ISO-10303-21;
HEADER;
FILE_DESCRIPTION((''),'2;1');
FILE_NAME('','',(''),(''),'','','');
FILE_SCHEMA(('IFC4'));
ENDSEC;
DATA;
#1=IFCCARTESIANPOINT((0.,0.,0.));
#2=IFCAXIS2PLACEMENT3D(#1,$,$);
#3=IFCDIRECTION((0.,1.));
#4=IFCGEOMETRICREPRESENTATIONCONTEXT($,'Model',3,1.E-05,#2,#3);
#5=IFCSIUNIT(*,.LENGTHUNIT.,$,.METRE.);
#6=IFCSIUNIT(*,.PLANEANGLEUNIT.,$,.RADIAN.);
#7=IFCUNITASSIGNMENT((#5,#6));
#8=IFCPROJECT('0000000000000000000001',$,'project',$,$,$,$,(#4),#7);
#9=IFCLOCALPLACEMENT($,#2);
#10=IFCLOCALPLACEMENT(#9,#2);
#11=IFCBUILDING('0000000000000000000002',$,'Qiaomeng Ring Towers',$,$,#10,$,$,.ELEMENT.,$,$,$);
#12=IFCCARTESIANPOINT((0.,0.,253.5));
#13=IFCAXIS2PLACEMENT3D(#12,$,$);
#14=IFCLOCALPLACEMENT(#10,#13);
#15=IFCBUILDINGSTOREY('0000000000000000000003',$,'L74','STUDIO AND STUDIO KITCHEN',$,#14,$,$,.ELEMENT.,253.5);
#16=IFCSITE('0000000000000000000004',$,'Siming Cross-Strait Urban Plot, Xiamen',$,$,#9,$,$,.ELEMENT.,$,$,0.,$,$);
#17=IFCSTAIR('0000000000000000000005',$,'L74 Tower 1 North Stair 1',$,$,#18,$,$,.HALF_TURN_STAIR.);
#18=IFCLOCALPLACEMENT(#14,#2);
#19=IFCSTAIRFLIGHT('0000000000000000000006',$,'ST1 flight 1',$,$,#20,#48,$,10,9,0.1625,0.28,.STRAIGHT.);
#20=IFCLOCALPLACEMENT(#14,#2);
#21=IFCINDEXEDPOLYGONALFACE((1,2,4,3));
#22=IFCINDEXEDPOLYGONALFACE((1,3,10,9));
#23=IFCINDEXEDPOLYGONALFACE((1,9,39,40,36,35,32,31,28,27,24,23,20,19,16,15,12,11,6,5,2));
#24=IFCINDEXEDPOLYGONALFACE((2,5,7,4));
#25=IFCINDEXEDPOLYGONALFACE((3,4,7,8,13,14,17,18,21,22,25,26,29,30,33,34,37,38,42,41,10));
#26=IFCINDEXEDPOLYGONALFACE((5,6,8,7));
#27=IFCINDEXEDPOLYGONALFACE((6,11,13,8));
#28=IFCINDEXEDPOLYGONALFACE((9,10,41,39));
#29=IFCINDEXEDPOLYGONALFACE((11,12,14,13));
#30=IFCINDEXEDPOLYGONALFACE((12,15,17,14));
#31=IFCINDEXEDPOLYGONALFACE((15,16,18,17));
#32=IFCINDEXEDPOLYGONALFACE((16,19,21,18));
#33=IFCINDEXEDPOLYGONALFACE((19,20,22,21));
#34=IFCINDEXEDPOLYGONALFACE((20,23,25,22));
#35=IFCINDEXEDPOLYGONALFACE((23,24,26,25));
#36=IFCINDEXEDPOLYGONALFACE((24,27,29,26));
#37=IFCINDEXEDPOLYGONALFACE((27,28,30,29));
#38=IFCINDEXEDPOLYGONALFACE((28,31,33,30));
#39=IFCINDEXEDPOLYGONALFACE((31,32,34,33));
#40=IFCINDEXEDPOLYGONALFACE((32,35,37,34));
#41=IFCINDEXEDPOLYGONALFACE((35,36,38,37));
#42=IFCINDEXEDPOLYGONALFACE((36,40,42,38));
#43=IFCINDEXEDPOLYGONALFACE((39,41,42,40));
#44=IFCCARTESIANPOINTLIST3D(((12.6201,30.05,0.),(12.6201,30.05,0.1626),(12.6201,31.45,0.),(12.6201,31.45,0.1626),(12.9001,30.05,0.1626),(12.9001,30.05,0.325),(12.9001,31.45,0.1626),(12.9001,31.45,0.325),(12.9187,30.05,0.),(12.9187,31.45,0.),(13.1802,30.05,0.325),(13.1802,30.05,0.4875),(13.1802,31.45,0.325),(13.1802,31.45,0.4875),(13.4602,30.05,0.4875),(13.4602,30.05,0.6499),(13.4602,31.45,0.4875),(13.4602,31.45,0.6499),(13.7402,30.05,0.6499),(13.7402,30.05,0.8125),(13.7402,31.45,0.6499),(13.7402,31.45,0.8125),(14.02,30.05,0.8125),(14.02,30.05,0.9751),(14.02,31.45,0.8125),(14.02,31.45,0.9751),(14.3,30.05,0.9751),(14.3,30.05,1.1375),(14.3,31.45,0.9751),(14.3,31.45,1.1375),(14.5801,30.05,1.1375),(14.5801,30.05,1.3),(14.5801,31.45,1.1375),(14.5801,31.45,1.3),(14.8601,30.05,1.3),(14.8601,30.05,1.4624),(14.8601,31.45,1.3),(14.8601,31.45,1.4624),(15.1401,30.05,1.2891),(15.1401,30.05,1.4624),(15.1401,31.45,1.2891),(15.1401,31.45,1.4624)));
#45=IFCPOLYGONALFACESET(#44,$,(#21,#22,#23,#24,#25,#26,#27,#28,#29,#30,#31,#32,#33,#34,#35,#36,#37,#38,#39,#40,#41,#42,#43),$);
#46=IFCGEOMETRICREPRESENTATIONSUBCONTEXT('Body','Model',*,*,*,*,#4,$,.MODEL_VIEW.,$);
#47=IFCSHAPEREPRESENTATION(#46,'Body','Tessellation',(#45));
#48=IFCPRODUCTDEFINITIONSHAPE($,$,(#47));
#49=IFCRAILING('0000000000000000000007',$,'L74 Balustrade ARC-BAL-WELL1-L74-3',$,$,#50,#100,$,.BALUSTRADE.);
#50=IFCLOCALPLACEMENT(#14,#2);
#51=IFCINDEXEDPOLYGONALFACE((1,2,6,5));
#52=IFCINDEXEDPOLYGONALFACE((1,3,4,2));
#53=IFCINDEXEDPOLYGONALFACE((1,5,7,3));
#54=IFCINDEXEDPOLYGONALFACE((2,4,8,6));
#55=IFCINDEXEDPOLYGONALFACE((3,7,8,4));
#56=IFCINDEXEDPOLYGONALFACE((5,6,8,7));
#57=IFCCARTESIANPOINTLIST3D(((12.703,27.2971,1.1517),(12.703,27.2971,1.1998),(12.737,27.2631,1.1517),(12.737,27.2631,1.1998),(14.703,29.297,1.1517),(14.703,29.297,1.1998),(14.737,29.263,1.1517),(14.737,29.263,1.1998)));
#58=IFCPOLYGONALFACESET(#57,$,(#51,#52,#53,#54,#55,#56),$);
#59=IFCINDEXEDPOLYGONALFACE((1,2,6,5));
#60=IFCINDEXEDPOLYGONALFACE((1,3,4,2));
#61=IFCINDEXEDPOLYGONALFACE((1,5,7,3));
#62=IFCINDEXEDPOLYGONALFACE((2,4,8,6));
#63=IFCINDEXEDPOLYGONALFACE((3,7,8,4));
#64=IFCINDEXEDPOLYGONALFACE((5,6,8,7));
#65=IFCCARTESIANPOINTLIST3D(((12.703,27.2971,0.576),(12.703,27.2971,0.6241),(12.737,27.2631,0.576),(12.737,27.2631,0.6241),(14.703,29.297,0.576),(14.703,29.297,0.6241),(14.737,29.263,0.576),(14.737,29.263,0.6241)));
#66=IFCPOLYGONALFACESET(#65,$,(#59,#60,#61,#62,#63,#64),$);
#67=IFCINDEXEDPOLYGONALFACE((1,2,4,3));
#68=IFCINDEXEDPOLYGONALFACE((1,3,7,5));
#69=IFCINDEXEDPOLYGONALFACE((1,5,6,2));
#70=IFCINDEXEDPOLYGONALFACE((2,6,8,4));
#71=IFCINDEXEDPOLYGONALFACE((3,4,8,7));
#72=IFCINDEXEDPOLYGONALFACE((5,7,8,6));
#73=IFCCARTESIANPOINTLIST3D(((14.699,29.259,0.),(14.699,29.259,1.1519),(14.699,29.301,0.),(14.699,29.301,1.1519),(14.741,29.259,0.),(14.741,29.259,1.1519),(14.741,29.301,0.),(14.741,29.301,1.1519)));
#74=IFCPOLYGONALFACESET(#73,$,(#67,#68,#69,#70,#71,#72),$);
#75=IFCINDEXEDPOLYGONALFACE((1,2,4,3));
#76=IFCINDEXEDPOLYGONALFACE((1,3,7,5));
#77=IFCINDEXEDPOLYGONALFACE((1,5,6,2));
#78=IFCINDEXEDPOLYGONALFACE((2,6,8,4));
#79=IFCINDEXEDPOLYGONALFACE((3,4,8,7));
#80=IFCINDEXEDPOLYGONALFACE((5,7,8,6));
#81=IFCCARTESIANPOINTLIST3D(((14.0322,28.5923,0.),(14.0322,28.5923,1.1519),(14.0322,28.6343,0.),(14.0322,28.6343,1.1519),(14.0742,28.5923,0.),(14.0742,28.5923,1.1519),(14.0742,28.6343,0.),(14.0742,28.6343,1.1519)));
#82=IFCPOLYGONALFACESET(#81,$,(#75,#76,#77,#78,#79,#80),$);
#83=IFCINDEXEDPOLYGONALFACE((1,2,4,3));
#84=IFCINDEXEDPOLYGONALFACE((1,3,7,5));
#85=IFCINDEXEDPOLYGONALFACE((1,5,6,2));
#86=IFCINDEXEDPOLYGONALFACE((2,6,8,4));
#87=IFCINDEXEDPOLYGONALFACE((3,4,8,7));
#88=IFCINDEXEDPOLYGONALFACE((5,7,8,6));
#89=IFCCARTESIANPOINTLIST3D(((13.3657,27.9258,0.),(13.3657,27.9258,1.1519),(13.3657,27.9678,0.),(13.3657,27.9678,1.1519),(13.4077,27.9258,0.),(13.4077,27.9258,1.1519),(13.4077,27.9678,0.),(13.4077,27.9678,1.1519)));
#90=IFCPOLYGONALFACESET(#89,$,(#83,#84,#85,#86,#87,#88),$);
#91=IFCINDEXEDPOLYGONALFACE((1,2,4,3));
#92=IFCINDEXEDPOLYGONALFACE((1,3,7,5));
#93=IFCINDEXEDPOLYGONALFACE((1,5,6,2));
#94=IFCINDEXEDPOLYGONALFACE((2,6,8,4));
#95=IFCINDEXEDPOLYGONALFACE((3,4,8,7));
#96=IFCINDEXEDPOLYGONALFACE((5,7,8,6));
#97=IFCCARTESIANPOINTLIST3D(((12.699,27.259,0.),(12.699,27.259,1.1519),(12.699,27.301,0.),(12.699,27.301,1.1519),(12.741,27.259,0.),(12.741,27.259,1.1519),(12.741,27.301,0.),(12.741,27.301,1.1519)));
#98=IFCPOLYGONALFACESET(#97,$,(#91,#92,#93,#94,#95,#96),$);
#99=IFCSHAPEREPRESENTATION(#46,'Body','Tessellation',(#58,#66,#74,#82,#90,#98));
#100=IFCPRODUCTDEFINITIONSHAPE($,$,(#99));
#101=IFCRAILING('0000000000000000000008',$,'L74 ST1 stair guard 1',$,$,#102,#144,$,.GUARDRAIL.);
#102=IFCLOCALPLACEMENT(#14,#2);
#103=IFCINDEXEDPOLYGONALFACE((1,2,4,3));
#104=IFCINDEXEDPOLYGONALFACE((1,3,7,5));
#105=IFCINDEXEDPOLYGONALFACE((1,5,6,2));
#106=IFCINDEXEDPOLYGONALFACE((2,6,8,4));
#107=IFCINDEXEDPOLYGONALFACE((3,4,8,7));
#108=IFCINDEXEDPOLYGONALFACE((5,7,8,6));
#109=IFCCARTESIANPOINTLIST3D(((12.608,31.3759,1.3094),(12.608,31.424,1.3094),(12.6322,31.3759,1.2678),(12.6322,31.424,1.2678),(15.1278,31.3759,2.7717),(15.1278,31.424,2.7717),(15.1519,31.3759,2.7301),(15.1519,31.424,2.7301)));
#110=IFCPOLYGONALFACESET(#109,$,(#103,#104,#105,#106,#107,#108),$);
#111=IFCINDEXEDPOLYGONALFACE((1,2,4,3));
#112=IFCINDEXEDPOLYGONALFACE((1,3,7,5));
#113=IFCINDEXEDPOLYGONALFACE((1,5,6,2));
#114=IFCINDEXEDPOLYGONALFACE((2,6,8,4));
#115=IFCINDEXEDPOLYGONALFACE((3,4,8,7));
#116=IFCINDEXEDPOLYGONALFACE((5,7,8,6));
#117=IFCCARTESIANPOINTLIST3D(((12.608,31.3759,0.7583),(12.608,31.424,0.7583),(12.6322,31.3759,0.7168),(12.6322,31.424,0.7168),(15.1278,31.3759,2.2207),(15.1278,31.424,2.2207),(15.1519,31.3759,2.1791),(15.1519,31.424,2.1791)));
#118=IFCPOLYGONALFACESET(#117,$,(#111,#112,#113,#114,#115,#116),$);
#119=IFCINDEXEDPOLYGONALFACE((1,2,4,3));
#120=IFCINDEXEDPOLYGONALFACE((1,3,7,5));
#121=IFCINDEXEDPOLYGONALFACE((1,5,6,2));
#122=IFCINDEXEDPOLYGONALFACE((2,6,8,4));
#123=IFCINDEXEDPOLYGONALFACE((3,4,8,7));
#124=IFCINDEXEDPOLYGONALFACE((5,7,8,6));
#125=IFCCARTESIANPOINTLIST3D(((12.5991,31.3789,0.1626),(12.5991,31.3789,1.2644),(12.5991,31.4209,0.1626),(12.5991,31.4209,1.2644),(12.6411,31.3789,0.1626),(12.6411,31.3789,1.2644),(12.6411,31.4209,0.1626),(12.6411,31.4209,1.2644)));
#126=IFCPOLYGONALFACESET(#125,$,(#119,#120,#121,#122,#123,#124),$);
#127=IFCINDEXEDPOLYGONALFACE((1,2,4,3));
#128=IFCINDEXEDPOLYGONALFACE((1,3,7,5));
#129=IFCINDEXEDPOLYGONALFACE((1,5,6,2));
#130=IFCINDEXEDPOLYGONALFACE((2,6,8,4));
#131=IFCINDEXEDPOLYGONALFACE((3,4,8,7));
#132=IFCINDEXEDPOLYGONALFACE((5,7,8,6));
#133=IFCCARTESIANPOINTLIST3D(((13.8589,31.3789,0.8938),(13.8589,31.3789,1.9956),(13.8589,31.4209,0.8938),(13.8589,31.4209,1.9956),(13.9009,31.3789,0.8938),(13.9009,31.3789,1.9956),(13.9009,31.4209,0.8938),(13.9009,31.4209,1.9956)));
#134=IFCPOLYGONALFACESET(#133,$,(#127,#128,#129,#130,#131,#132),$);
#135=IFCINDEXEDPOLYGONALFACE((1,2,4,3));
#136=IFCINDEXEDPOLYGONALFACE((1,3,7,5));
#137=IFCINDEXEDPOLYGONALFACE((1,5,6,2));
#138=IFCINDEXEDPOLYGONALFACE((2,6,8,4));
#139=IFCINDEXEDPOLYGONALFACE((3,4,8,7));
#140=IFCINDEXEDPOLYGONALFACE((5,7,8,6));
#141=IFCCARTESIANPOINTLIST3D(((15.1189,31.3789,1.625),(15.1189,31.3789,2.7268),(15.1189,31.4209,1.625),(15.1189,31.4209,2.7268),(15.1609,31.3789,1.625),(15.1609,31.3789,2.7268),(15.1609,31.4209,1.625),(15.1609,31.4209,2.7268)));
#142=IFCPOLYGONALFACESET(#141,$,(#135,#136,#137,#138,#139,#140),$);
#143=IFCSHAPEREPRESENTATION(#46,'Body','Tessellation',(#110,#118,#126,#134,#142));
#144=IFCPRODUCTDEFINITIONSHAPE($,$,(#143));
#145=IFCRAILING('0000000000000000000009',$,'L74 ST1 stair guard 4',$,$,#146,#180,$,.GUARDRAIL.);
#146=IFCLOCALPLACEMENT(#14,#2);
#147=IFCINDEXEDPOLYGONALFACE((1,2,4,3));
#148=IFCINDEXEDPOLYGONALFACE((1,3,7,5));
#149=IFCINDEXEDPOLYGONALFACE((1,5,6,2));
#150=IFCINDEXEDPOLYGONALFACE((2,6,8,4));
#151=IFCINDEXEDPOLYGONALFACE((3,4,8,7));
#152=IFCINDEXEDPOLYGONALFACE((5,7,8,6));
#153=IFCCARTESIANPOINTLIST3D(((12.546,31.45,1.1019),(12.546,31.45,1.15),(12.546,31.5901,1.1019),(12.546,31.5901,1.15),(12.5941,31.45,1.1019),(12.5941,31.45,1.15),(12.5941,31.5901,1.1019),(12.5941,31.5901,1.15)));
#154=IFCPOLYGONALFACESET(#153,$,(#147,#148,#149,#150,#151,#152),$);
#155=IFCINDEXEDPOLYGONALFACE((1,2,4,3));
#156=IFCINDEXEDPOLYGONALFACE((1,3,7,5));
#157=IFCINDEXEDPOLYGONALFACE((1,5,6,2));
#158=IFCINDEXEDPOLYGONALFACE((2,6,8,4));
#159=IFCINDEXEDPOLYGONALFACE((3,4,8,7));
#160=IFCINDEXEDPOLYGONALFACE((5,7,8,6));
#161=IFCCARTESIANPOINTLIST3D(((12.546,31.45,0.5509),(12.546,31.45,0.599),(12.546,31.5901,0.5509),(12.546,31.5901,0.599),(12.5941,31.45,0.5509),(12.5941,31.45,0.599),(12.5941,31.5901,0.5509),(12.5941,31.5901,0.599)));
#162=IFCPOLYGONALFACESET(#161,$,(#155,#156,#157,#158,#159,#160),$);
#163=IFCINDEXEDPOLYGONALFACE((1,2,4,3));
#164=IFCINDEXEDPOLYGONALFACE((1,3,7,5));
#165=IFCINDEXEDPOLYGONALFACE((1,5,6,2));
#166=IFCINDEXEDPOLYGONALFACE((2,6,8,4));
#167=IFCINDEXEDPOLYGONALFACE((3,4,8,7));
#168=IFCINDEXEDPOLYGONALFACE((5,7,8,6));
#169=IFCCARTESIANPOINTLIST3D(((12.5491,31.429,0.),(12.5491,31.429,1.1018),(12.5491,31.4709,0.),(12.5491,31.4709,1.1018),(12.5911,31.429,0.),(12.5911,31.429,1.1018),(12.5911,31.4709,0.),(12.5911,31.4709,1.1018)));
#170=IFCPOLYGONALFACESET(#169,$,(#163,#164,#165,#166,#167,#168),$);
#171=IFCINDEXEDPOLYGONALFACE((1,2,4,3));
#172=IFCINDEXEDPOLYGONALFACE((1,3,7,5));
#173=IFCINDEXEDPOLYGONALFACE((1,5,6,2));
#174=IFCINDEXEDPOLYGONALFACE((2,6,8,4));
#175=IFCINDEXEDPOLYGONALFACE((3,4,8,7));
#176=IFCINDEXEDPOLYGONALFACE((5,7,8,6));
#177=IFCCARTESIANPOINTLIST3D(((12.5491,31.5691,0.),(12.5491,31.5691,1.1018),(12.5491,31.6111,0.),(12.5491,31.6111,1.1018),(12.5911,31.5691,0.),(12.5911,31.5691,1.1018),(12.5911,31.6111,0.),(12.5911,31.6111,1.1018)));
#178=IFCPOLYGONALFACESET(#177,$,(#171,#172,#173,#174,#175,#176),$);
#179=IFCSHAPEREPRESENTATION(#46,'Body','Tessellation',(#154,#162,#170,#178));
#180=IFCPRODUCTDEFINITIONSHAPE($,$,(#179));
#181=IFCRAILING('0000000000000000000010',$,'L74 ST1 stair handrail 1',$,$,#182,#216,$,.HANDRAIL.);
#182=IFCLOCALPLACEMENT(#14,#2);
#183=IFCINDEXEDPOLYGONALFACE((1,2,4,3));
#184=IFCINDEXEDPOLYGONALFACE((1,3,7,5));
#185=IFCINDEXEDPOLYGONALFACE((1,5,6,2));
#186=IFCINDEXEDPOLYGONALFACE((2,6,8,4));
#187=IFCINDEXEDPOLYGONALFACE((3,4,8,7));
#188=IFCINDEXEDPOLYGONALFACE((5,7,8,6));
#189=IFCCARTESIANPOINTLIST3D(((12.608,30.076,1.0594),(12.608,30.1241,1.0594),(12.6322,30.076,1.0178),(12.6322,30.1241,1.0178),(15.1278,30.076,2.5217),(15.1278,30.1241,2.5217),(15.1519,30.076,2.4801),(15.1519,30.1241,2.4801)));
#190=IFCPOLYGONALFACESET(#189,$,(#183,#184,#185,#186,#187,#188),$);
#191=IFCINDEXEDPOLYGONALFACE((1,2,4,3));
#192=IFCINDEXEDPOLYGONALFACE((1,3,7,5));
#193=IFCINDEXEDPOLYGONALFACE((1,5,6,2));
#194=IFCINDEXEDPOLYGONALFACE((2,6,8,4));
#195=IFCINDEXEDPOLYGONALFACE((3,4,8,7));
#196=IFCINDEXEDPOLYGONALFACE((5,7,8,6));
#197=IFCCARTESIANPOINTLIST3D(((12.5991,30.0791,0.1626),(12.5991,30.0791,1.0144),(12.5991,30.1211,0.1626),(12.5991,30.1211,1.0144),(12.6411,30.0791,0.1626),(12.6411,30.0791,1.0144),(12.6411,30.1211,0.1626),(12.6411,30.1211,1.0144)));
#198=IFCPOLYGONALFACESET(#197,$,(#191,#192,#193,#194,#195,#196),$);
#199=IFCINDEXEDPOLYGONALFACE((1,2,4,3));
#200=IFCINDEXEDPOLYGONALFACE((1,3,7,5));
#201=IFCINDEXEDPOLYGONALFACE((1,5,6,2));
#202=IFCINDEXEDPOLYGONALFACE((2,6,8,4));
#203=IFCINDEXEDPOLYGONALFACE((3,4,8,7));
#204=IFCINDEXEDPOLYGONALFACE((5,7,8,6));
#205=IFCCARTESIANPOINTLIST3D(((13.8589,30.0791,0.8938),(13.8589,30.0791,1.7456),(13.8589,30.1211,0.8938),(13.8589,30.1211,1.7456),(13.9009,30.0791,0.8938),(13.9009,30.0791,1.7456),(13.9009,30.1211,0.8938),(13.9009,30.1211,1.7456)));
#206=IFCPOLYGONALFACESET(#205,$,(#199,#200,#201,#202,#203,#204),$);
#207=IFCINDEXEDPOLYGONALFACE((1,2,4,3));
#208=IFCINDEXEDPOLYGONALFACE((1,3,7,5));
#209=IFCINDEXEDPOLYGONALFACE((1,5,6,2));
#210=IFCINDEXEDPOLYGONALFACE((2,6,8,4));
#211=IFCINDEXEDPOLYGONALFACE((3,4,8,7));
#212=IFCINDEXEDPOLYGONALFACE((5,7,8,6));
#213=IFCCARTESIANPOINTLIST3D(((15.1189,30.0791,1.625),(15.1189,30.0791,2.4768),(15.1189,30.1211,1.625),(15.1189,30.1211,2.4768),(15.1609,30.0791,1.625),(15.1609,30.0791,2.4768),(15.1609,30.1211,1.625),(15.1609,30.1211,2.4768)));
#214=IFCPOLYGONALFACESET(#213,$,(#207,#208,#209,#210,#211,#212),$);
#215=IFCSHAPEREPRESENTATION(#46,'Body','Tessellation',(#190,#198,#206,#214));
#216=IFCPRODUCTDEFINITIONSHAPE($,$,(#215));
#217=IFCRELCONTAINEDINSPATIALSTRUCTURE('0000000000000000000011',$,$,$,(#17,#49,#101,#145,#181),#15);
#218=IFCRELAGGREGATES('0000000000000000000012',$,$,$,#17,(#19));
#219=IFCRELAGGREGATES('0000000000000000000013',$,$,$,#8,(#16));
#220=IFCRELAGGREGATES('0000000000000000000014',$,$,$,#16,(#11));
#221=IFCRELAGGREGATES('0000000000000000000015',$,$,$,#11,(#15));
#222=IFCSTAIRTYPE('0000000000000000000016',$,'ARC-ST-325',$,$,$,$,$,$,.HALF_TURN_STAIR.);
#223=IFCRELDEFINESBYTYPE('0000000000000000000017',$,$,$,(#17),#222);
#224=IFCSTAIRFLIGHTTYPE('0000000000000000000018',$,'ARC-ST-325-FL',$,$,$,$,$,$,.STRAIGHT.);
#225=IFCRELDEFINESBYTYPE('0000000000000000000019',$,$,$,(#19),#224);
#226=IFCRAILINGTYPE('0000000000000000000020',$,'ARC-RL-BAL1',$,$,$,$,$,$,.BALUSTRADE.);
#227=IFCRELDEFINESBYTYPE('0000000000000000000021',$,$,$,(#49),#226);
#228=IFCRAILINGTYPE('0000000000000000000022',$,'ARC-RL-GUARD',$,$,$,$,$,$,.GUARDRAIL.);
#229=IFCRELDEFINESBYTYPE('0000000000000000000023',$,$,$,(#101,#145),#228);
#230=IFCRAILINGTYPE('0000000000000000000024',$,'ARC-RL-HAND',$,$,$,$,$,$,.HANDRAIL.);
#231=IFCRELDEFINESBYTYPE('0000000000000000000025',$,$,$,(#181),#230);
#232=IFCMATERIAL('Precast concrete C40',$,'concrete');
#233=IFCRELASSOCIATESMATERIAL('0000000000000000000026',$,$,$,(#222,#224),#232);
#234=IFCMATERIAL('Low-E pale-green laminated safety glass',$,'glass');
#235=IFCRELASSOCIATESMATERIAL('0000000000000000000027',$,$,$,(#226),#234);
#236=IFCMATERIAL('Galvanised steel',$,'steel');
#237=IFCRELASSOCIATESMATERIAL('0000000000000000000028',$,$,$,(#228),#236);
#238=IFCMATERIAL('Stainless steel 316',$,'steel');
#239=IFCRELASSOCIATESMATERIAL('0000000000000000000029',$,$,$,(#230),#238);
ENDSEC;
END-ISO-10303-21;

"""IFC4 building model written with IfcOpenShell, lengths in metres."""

from ifc_helpers import new_model, si_unit, direction, frame, origin, origin_2d, place, context, subcontext, project, spatial, polyline, rectangle, outline, extrude, source, transform, mapped, material, type_object, element, aggregate, save


model = new_model("IFC4")

# Units and contexts
model_context = context("Model", 3, precision=1e-05, world=origin(), true_north=direction((0.0, 1.0)))
body_context = subcontext(model_context, "Body", "Model", "MODEL_VIEW")
ifc_project = project(units=[si_unit("LENGTHUNIT", "METRE"), si_unit("PLANEANGLEUNIT", "RADIAN")], contexts=[model_context])

# Site, building, storey
site_placement = place(None, origin())
site = spatial("IfcSite", under=ifc_project, at=site_placement, Name="Siming Cross-Strait Urban Plot, Xiamen", CompositionType="ELEMENT", RefElevation=0.0)
building_placement = place(site_placement, origin())
building = spatial("IfcBuilding", under=site, at=building_placement, Name="Qiaomeng Ring Towers", CompositionType="ELEMENT")
storey_placement = place(building_placement, frame((0.0, 0.0, 253.5)))
storey = spatial("IfcBuildingStorey", under=building, at=storey_placement, Name="L74", Description="STUDIO AND STUDIO KITCHEN", CompositionType="ELEMENT", Elevation=253.5)

# Shared definitions
ifc_material_1 = material(Name="Stainless steel 316", Category="steel")

# Stair, stair flight
ifc_material_2 = material(Name="Precast concrete C40", Category="concrete")
stair_type = type_object("IfcStairType", Name="ARC-ST-325", PredefinedType="HALF_TURN_STAIR", material=ifc_material_2)
stair_placement = place(storey_placement, origin())
stair = element("IfcStair", 1, at=stair_placement, inside=storey, type_object=stair_type, Name="L74 Tower 1 North Stair 1", PredefinedType="HALF_TURN_STAIR")
stair_flight_type = type_object("IfcStairFlightType", Name="ARC-ST-325-FL", PredefinedType="STRAIGHT", material=ifc_material_2)
shared_shape_1 = source(origin(), body_context, "Body", "SweptSolid", [
    extrude(outline(polyline([(0.0, 0.0), (0.0, 0.1626), (0.28, 0.1626), (0.28, 0.325), (0.5601, 0.325), (0.5601, 0.4875), (0.8401, 0.4875), (0.8401, 0.6499), (1.1201, 0.6499), (1.1201, 0.8125), (1.3999, 0.8125), (1.3999, 0.9751), (1.6799, 0.9751), (1.6799, 1.1375), (1.96, 1.1375), (1.96, 1.3), (2.24, 1.3), (2.24, 1.4624), (2.52, 1.4624), (2.52, 1.625), (2.52, 1.2891), (0.2986, 0.0), (0.0, 0.0)])), frame((0.0, 0.7, 0.0), z_axis=(0.0, -1.0, 0.0), x_axis=(1.0, 0.0, 0.0)), (0.0, 0.0, 1.0), 1.3999),
])
stair_flight_placement = place(storey_placement, frame((12.6201, 30.75, 0.0), z_axis=(0.0, 0.0, 1.0), x_axis=(1.0, 0.0, 0.0)))
stair_flight = element("IfcStairFlight", 2, at=stair_flight_placement, type_object=stair_flight_type, Name="ST1 flight 1", NumberOfRisers=10, NumberOfTreads=9, PredefinedType="STRAIGHT", RiserHeight=0.1625, TreadLength=0.28, context=body_context, shape_type="MappedRepresentation", body=[
    mapped(shared_shape_1, transform((0.0, 0.0, 0.0), x_axis=(1.0, 0.0, 0.0), y_axis=(0.0, 1.0, 0.0), z_axis=(0.0, 0.0, 1.0), scale=1.0)),
])
aggregate(stair, [stair_flight])

# Railings
ifc_material_3 = material(Name="Low-E pale-green laminated safety glass", Category="glass")
railing_type_1 = type_object("IfcRailingType", Name="ARC-RL-BAL1", PredefinedType="BALUSTRADE", material=ifc_material_3)
railing_1_placement = place(storey_placement, frame((14.72, 29.28, 0.0)))
element("IfcRailing", 3, at=railing_1_placement, inside=storey, type_object=railing_type_1, Name="L74 Balustrade ARC-BAL-WELL1-L74-3", PredefinedType="BALUSTRADE", context=body_context, shape_type="SweptSolid", body=[
    extrude(rectangle(XDim=0.0481, YDim=0.0481, at=origin_2d()), frame((0.0, 0.0, 1.1758), z_axis=(-0.707107, -0.707107, 0.0), x_axis=(0.707107, -0.707107, 0.0)), (0.0, 0.0, 1.0), 2.8284),
    extrude(rectangle(XDim=0.0481, YDim=0.0481, at=origin_2d()), frame((0.0, 0.0, 0.6001), z_axis=(-0.707107, -0.707107, 0.0), x_axis=(0.707107, -0.707107, 0.0)), (0.0, 0.0, 1.0), 2.8284),
    extrude(rectangle(XDim=0.042, YDim=0.042, at=origin_2d()), origin(), (0.0, 0.0, 1.0), 1.1519),
    extrude(rectangle(XDim=0.042, YDim=0.042, at=origin_2d()), frame((-0.6667, -0.6667, 0.0)), (0.0, 0.0, 1.0), 1.1519),
    extrude(rectangle(XDim=0.042, YDim=0.042, at=origin_2d()), frame((-1.3333, -1.3333, 0.0)), (0.0, 0.0, 1.0), 1.1519),
    extrude(rectangle(XDim=0.042, YDim=0.042, at=origin_2d()), frame((-2.0, -2.0, 0.0)), (0.0, 0.0, 1.0), 1.1519),
])
ifc_material_4 = material(Name="Galvanised steel", Category="steel")
railing_type_2 = type_object("IfcRailingType", Name="ARC-RL-GUARD", PredefinedType="GUARDRAIL", material=ifc_material_4)
railing_2_placement = place(storey_placement, frame((12.6201, 31.3999, 0.1626)))
element("IfcRailing", 4, at=railing_2_placement, inside=storey, type_object=railing_type_2, Name="L74 ST1 stair guard 1", PredefinedType="GUARDRAIL", context=body_context, shape_type="SweptSolid", body=[
    extrude(rectangle(XDim=0.0481, YDim=0.0481, at=origin_2d()), frame((0.0, 0.0, 1.126), z_axis=(0.864892, 0.0, 0.501958), x_axis=(0.0, 1.0, 0.0)), (0.0, 0.0, 1.0), 2.9133),
    extrude(rectangle(XDim=0.0481, YDim=0.0481, at=origin_2d()), frame((0.0, 0.0, 0.575), z_axis=(0.864892, 0.0, 0.501958), x_axis=(0.0, 1.0, 0.0)), (0.0, 0.0, 1.0), 2.9133),
    extrude(rectangle(XDim=0.042, YDim=0.042, at=origin_2d()), origin(), (0.0, 0.0, 1.0), 1.1018),
    extrude(rectangle(XDim=0.042, YDim=0.042, at=origin_2d()), frame((1.2598, 0.0, 0.7312)), (0.0, 0.0, 1.0), 1.1018),
    extrude(rectangle(XDim=0.042, YDim=0.042, at=origin_2d()), frame((2.5198, 0.0, 1.4624)), (0.0, 0.0, 1.0), 1.1018),
])
railing_3_placement = place(storey_placement, frame((12.5701, 31.45, 0.0)))
element("IfcRailing", 5, at=railing_3_placement, inside=storey, type_object=railing_type_2, Name="L74 ST1 stair guard 4", PredefinedType="GUARDRAIL", context=body_context, shape_type="SweptSolid", body=[
    extrude(rectangle(XDim=0.0481, YDim=0.0481, at=origin_2d()), frame((0.0, 0.0, 1.126), z_axis=(0.0, 1.0, 0.0), x_axis=(-1.0, 0.0, 0.0)), (0.0, 0.0, 1.0), 0.1401),
    extrude(rectangle(XDim=0.0481, YDim=0.0481, at=origin_2d()), frame((0.0, 0.0, 0.575), z_axis=(0.0, 1.0, 0.0), x_axis=(-1.0, 0.0, 0.0)), (0.0, 0.0, 1.0), 0.1401),
    extrude(rectangle(XDim=0.042, YDim=0.042, at=origin_2d()), origin(), (0.0, 0.0, 1.0), 1.1018),
    extrude(rectangle(XDim=0.042, YDim=0.042, at=origin_2d()), frame((0.0, 0.1401, 0.0)), (0.0, 0.0, 1.0), 1.1018),
])
railing_type_3 = type_object("IfcRailingType", Name="ARC-RL-HAND", PredefinedType="HANDRAIL", material=ifc_material_1)
railing_4_placement = place(storey_placement, frame((12.6201, 30.1001, 0.1626)))
element("IfcRailing", 6, at=railing_4_placement, inside=storey, type_object=railing_type_3, Name="L74 ST1 stair handrail 1", PredefinedType="HANDRAIL", context=body_context, shape_type="SweptSolid", body=[
    extrude(rectangle(XDim=0.0481, YDim=0.0481, at=origin_2d()), frame((0.0, 0.0, 0.876), z_axis=(0.864892, 0.0, 0.501958), x_axis=(0.0, 1.0, 0.0)), (0.0, 0.0, 1.0), 2.9133),
    extrude(rectangle(XDim=0.042, YDim=0.042, at=origin_2d()), origin(), (0.0, 0.0, 1.0), 0.8518),
    extrude(rectangle(XDim=0.042, YDim=0.042, at=origin_2d()), frame((1.2598, 0.0, 0.7312)), (0.0, 0.0, 1.0), 0.8518),
    extrude(rectangle(XDim=0.042, YDim=0.042, at=origin_2d()), frame((2.5198, 0.0, 1.4624)), (0.0, 0.0, 1.0), 0.8518),
])

save(model, "model.ifc")
